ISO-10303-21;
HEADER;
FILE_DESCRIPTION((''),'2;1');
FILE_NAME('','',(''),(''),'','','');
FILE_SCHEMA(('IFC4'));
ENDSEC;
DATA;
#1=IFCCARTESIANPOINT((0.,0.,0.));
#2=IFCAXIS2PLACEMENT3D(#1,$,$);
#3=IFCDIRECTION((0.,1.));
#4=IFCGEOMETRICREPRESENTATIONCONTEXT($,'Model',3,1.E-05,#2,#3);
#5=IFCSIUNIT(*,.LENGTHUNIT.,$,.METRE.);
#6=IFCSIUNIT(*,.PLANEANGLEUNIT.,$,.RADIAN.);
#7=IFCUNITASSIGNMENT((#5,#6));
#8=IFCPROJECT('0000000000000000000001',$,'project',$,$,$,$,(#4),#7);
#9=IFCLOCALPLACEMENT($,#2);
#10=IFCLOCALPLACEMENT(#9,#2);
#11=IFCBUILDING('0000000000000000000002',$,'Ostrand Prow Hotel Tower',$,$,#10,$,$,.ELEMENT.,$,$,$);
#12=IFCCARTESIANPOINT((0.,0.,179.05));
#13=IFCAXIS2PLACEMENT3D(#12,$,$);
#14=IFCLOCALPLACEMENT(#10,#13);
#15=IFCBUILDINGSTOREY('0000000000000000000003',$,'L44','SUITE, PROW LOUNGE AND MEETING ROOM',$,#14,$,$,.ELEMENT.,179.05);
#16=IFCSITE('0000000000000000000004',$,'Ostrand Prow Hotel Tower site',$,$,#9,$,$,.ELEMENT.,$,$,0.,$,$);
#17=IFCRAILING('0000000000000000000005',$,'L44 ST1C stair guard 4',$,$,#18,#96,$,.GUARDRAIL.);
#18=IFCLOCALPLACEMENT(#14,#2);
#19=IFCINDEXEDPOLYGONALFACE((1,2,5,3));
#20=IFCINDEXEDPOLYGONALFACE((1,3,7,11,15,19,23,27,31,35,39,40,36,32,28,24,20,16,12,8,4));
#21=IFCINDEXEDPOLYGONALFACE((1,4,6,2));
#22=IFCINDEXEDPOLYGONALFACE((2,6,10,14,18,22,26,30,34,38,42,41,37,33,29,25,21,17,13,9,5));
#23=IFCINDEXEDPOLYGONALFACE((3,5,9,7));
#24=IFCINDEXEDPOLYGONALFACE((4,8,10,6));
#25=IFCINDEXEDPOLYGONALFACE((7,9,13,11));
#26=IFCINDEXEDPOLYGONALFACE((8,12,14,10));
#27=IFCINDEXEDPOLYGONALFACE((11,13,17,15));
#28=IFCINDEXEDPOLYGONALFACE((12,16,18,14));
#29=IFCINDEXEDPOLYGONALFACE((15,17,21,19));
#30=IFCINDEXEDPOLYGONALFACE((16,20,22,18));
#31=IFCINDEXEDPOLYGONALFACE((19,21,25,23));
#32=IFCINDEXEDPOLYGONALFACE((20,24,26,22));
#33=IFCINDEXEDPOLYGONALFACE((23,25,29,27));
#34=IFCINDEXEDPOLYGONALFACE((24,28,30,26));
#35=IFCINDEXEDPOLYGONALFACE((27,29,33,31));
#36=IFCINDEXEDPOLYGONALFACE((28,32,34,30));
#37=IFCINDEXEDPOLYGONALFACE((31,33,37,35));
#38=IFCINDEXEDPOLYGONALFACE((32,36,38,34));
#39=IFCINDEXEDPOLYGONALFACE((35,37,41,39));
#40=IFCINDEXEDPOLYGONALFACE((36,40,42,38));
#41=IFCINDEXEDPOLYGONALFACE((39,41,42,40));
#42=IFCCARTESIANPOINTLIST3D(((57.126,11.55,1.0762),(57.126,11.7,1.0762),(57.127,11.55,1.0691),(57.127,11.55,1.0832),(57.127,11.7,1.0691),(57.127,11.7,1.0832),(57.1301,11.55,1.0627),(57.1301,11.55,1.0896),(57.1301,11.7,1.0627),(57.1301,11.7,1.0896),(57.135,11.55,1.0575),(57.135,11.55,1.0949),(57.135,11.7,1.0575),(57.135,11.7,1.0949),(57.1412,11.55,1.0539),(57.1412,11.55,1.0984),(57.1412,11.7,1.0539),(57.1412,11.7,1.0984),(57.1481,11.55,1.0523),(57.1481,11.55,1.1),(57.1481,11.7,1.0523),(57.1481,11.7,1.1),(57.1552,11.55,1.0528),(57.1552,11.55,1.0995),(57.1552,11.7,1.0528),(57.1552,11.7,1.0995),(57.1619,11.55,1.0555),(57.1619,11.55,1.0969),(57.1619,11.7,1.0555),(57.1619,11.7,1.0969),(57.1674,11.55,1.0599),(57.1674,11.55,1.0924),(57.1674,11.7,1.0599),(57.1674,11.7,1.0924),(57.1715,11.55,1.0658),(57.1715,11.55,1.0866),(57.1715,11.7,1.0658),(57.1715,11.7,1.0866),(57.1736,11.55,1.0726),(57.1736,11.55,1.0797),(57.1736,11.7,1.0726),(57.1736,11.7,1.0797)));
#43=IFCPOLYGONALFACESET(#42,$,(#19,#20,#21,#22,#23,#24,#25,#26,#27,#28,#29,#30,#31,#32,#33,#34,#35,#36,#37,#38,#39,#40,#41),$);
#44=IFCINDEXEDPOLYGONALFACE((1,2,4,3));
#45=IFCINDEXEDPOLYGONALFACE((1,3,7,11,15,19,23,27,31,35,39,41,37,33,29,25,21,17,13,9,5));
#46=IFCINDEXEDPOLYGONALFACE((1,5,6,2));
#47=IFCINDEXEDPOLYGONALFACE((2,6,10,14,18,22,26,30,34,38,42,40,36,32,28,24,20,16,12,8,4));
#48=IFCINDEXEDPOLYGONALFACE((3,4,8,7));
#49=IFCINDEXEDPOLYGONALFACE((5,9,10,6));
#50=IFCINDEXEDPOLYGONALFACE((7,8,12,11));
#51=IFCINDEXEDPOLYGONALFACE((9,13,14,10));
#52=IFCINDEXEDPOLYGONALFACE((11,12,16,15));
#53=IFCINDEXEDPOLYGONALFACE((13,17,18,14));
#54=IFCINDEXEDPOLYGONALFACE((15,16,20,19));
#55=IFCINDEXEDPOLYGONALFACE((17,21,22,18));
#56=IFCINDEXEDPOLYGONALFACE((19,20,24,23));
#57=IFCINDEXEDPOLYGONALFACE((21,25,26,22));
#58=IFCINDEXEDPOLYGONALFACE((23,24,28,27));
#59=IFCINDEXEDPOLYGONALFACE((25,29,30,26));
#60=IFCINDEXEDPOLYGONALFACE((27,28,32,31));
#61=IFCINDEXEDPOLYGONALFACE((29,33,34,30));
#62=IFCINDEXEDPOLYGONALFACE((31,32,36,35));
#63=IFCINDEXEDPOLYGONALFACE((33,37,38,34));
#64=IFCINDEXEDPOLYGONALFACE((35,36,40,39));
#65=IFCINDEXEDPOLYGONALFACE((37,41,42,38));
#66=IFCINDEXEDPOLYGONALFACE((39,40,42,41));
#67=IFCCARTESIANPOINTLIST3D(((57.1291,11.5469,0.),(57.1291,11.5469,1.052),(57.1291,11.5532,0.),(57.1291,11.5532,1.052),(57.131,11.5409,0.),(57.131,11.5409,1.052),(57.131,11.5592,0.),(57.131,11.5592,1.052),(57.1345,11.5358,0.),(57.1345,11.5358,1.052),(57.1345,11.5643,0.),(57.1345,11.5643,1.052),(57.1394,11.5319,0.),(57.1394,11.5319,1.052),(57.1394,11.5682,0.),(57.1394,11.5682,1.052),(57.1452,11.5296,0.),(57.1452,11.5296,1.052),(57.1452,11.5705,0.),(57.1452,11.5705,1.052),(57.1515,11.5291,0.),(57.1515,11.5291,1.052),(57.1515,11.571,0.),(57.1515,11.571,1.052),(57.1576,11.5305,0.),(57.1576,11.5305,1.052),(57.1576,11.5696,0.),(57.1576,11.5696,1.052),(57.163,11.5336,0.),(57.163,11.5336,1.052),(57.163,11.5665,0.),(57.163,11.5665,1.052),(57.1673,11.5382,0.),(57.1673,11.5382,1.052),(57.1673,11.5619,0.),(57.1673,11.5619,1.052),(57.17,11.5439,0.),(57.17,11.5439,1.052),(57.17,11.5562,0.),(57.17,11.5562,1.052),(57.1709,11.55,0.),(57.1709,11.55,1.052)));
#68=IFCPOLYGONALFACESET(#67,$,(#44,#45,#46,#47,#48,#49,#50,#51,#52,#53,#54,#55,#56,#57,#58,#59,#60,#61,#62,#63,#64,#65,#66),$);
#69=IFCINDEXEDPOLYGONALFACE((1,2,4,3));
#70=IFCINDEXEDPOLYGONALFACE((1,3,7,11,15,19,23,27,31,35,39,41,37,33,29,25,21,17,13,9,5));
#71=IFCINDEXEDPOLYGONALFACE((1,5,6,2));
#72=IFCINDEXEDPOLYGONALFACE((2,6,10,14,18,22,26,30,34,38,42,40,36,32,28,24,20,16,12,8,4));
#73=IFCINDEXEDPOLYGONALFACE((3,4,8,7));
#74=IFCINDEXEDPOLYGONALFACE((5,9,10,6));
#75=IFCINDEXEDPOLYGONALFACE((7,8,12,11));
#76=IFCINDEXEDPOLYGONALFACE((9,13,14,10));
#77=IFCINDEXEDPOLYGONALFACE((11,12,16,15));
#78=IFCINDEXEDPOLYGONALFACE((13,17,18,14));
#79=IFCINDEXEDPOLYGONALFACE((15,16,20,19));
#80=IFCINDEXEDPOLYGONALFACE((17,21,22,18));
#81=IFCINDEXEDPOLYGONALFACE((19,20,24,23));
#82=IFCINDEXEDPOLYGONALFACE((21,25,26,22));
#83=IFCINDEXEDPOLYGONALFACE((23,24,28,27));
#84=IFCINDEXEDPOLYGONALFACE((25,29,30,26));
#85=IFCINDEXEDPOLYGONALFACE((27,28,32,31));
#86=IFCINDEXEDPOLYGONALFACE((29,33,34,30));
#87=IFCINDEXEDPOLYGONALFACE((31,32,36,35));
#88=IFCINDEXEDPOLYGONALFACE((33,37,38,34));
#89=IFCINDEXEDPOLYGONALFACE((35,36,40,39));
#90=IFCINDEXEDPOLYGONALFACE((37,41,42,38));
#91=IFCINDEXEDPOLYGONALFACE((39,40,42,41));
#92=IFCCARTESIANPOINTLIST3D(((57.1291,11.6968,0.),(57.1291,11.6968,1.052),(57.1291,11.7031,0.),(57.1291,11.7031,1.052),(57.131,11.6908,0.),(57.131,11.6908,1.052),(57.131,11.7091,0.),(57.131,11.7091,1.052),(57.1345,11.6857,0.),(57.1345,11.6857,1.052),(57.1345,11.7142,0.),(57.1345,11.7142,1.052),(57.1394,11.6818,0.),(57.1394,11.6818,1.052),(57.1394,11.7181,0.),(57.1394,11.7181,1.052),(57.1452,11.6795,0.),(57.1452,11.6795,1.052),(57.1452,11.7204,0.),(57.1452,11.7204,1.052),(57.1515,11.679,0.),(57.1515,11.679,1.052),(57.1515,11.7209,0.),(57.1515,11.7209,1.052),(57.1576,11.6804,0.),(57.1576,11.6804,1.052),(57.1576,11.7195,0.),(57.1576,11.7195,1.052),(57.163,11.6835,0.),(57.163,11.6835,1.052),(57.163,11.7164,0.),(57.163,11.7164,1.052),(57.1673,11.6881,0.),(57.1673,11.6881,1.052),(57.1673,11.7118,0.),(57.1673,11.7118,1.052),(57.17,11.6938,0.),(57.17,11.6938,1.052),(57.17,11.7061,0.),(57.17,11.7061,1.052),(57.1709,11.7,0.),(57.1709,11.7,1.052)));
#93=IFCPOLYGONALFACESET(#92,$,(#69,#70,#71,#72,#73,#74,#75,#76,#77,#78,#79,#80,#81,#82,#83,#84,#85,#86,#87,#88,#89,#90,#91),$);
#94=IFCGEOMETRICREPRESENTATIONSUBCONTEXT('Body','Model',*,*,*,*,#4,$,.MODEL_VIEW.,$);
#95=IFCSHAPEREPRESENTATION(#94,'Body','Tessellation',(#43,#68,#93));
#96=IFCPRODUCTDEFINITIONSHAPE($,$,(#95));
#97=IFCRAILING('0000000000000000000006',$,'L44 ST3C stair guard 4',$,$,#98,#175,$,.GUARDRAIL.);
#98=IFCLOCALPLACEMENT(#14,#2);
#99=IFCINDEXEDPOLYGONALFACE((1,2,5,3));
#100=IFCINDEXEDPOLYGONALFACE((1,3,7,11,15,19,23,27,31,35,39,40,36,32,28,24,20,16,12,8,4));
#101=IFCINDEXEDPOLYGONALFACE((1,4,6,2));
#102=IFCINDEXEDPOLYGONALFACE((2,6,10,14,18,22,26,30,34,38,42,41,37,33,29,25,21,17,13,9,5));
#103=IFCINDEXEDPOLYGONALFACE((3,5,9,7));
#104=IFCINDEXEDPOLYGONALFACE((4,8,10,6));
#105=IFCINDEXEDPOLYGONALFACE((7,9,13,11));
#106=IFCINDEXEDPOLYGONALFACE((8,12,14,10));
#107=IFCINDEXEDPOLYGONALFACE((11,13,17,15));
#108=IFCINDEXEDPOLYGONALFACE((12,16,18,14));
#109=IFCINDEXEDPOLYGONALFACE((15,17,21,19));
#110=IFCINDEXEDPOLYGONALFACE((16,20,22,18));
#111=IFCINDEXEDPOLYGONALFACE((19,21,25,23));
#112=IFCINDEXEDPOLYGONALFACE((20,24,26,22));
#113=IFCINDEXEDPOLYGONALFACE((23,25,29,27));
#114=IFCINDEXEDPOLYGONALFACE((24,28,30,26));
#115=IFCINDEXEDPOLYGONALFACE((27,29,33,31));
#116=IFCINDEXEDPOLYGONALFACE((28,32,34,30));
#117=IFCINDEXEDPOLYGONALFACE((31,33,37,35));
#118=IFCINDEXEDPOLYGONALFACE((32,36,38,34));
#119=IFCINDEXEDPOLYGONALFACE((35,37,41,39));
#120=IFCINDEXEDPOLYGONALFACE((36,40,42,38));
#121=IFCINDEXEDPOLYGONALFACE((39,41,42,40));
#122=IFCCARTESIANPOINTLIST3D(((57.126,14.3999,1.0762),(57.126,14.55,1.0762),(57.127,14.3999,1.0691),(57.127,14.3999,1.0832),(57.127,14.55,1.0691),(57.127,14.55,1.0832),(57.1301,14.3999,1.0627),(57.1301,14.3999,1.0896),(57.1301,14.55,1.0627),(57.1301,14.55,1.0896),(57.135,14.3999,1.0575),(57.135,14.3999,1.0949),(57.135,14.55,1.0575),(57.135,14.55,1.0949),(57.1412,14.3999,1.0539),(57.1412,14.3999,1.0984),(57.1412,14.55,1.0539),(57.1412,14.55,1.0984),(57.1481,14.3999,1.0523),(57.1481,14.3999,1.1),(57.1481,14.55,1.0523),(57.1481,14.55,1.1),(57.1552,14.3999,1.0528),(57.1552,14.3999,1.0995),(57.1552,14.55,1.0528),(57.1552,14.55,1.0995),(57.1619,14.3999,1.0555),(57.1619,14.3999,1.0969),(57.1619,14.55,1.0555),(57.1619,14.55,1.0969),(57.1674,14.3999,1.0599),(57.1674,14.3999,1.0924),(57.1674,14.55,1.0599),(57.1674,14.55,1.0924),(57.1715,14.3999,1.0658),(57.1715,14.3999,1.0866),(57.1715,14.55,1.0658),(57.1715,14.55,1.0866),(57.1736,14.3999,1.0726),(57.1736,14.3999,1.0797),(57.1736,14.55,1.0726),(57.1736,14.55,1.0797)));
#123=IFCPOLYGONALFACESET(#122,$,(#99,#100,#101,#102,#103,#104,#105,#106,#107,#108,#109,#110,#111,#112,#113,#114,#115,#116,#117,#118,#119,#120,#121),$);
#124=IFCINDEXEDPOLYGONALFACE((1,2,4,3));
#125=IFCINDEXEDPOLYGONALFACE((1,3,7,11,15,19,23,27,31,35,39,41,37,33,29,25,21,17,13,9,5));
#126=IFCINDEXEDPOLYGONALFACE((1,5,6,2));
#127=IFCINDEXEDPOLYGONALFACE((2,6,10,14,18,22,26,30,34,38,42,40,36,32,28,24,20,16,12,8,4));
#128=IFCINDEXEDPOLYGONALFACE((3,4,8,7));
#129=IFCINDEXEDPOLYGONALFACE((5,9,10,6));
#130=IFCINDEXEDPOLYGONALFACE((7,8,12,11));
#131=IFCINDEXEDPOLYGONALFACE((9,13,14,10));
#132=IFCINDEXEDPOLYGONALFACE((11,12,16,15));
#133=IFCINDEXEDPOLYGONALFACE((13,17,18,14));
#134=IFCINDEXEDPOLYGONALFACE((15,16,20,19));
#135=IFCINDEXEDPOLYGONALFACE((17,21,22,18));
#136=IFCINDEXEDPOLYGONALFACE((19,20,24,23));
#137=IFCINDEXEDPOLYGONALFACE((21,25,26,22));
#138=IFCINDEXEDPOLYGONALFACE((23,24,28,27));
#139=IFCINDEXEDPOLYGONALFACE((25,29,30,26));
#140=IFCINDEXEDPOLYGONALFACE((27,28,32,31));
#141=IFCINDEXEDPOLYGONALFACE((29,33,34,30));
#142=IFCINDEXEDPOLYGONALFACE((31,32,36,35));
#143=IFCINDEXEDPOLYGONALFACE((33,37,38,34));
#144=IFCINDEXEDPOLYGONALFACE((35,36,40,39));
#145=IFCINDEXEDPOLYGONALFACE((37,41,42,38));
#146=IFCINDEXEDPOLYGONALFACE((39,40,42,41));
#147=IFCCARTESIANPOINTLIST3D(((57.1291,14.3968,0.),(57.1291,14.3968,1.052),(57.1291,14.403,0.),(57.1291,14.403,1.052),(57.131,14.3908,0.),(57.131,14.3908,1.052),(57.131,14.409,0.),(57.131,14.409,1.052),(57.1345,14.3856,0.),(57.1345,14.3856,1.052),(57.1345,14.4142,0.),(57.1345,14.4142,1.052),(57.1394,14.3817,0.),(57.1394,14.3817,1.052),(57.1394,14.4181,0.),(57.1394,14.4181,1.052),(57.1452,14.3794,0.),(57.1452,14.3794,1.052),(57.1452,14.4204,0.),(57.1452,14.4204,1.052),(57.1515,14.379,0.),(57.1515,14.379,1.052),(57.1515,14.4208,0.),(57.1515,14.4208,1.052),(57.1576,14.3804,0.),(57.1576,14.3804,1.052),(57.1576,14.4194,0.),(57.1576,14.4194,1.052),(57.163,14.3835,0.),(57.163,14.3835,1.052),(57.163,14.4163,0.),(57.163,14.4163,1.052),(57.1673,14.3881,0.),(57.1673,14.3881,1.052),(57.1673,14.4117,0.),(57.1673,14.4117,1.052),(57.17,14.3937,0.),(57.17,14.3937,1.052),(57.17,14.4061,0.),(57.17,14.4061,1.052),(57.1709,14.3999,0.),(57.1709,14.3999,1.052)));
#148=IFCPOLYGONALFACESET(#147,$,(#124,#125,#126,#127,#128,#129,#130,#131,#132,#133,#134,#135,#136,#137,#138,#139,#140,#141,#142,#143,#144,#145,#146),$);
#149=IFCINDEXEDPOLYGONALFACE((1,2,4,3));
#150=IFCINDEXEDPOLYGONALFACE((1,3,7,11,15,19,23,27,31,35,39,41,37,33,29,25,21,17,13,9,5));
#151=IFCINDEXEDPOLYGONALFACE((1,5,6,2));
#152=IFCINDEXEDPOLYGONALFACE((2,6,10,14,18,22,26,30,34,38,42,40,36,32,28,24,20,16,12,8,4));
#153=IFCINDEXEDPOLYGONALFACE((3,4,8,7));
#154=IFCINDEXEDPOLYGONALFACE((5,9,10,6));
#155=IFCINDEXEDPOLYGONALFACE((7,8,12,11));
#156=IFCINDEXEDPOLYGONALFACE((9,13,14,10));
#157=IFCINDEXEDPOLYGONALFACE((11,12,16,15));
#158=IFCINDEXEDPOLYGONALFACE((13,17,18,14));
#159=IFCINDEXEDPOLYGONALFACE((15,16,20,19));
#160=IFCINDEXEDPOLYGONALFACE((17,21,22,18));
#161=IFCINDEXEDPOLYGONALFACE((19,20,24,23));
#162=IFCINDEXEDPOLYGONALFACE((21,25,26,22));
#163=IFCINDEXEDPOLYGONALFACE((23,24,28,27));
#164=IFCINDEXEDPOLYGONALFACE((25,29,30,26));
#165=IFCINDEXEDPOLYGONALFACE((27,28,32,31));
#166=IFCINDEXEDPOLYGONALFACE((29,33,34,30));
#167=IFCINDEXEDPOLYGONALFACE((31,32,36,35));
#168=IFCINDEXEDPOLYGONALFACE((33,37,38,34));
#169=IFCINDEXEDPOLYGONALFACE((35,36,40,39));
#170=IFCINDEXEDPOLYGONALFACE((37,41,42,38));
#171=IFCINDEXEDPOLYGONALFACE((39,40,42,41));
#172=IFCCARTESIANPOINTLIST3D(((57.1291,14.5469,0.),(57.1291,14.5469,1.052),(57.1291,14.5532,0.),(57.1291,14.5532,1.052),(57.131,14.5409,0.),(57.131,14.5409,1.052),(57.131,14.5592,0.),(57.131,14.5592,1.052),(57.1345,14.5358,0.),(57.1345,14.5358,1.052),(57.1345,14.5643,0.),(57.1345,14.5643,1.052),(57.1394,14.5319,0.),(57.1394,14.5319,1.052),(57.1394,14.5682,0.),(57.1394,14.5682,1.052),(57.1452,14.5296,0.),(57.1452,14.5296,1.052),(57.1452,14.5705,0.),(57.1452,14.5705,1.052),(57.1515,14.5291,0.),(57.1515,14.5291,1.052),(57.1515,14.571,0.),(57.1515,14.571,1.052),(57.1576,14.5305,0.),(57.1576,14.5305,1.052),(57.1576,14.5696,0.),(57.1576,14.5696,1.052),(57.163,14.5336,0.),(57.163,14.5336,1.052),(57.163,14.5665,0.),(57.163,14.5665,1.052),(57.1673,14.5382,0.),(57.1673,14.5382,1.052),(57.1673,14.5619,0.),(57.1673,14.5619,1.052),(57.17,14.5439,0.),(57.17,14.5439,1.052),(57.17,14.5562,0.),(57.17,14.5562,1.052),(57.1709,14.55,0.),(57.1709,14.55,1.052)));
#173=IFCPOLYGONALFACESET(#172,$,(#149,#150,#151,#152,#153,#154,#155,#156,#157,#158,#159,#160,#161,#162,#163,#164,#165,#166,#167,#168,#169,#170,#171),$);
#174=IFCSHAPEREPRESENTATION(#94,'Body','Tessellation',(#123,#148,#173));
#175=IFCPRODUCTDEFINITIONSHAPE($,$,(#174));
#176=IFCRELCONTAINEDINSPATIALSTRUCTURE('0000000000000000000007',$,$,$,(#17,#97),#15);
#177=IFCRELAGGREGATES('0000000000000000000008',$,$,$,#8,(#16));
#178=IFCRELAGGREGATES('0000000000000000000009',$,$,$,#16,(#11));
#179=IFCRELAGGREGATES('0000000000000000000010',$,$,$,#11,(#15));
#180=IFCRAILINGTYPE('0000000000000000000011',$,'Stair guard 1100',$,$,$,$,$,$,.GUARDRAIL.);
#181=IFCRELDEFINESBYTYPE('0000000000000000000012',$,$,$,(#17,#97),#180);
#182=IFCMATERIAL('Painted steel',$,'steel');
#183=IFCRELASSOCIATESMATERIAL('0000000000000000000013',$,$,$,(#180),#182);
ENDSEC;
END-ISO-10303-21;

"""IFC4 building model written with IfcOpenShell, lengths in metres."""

from ifc_helpers import new_model, si_unit, direction, frame, origin, origin_2d, place, context, subcontext, project, spatial, circle, extrude, material, type_object, element, save


model = new_model("IFC4")

# Units and contexts
model_context = context("Model", 3, precision=1e-05, world=origin(), true_north=direction((0.0, 1.0)))
body_context = subcontext(model_context, "Body", "Model", "MODEL_VIEW")
ifc_project = project(units=[si_unit("LENGTHUNIT", "METRE"), si_unit("PLANEANGLEUNIT", "RADIAN")], contexts=[model_context])

# Site, building, storey
site_placement = place(None, origin())
site = spatial("IfcSite", under=ifc_project, at=site_placement, Name="Ostrand Prow Hotel Tower site", CompositionType="ELEMENT", RefElevation=0.0)
building_placement = place(site_placement, origin())
building = spatial("IfcBuilding", under=site, at=building_placement, Name="Ostrand Prow Hotel Tower", CompositionType="ELEMENT")
storey_placement = place(building_placement, frame((0.0, 0.0, 179.05)))
storey = spatial("IfcBuildingStorey", under=building, at=storey_placement, Name="L44", Description="SUITE, PROW LOUNGE AND MEETING ROOM", CompositionType="ELEMENT", Elevation=179.05)

# Railings
ifc_material_1 = material(Name="Painted steel", Category="steel")
railing_type = type_object("IfcRailingType", Name="Stair guard 1100", PredefinedType="GUARDRAIL", material=ifc_material_1)
railing_1_placement = place(storey_placement, frame((57.1499, 11.55, 0.0)))
element("IfcRailing", 1, at=railing_1_placement, inside=storey, type_object=railing_type, Name="L44 ST1C stair guard 4", PredefinedType="GUARDRAIL", context=body_context, shape_type="SweptSolid", body=[
    extrude(circle(Radius=0.0239, at=origin_2d()), frame((0.0, 0.0, 1.0762), z_axis=(0.0, 1.0, 0.0), x_axis=(-1.0, 0.0, 0.0)), (0.0, 0.0, 1.0), 0.1499),
    extrude(circle(Radius=0.021, at=origin_2d()), origin(), (0.0, 0.0, 1.0), 1.052),
    extrude(circle(Radius=0.021, at=origin_2d()), frame((0.0, 0.1499, 0.0)), (0.0, 0.0, 1.0), 1.052),
])
railing_2_placement = place(storey_placement, frame((57.1499, 14.3999, 0.0)))
element("IfcRailing", 2, at=railing_2_placement, inside=storey, type_object=railing_type, Name="L44 ST3C stair guard 4", PredefinedType="GUARDRAIL", context=body_context, shape_type="SweptSolid", body=[
    extrude(circle(Radius=0.0239, at=origin_2d()), frame((0.0, 0.0, 1.0762), z_axis=(0.0, 1.0, 0.0), x_axis=(-1.0, 0.0, 0.0)), (0.0, 0.0, 1.0), 0.1501),
    extrude(circle(Radius=0.021, at=origin_2d()), origin(), (0.0, 0.0, 1.0), 1.052),
    extrude(circle(Radius=0.021, at=origin_2d()), frame((0.0, 0.1501, 0.0)), (0.0, 0.0, 1.0), 1.052),
])

save(model, "model.ifc")
